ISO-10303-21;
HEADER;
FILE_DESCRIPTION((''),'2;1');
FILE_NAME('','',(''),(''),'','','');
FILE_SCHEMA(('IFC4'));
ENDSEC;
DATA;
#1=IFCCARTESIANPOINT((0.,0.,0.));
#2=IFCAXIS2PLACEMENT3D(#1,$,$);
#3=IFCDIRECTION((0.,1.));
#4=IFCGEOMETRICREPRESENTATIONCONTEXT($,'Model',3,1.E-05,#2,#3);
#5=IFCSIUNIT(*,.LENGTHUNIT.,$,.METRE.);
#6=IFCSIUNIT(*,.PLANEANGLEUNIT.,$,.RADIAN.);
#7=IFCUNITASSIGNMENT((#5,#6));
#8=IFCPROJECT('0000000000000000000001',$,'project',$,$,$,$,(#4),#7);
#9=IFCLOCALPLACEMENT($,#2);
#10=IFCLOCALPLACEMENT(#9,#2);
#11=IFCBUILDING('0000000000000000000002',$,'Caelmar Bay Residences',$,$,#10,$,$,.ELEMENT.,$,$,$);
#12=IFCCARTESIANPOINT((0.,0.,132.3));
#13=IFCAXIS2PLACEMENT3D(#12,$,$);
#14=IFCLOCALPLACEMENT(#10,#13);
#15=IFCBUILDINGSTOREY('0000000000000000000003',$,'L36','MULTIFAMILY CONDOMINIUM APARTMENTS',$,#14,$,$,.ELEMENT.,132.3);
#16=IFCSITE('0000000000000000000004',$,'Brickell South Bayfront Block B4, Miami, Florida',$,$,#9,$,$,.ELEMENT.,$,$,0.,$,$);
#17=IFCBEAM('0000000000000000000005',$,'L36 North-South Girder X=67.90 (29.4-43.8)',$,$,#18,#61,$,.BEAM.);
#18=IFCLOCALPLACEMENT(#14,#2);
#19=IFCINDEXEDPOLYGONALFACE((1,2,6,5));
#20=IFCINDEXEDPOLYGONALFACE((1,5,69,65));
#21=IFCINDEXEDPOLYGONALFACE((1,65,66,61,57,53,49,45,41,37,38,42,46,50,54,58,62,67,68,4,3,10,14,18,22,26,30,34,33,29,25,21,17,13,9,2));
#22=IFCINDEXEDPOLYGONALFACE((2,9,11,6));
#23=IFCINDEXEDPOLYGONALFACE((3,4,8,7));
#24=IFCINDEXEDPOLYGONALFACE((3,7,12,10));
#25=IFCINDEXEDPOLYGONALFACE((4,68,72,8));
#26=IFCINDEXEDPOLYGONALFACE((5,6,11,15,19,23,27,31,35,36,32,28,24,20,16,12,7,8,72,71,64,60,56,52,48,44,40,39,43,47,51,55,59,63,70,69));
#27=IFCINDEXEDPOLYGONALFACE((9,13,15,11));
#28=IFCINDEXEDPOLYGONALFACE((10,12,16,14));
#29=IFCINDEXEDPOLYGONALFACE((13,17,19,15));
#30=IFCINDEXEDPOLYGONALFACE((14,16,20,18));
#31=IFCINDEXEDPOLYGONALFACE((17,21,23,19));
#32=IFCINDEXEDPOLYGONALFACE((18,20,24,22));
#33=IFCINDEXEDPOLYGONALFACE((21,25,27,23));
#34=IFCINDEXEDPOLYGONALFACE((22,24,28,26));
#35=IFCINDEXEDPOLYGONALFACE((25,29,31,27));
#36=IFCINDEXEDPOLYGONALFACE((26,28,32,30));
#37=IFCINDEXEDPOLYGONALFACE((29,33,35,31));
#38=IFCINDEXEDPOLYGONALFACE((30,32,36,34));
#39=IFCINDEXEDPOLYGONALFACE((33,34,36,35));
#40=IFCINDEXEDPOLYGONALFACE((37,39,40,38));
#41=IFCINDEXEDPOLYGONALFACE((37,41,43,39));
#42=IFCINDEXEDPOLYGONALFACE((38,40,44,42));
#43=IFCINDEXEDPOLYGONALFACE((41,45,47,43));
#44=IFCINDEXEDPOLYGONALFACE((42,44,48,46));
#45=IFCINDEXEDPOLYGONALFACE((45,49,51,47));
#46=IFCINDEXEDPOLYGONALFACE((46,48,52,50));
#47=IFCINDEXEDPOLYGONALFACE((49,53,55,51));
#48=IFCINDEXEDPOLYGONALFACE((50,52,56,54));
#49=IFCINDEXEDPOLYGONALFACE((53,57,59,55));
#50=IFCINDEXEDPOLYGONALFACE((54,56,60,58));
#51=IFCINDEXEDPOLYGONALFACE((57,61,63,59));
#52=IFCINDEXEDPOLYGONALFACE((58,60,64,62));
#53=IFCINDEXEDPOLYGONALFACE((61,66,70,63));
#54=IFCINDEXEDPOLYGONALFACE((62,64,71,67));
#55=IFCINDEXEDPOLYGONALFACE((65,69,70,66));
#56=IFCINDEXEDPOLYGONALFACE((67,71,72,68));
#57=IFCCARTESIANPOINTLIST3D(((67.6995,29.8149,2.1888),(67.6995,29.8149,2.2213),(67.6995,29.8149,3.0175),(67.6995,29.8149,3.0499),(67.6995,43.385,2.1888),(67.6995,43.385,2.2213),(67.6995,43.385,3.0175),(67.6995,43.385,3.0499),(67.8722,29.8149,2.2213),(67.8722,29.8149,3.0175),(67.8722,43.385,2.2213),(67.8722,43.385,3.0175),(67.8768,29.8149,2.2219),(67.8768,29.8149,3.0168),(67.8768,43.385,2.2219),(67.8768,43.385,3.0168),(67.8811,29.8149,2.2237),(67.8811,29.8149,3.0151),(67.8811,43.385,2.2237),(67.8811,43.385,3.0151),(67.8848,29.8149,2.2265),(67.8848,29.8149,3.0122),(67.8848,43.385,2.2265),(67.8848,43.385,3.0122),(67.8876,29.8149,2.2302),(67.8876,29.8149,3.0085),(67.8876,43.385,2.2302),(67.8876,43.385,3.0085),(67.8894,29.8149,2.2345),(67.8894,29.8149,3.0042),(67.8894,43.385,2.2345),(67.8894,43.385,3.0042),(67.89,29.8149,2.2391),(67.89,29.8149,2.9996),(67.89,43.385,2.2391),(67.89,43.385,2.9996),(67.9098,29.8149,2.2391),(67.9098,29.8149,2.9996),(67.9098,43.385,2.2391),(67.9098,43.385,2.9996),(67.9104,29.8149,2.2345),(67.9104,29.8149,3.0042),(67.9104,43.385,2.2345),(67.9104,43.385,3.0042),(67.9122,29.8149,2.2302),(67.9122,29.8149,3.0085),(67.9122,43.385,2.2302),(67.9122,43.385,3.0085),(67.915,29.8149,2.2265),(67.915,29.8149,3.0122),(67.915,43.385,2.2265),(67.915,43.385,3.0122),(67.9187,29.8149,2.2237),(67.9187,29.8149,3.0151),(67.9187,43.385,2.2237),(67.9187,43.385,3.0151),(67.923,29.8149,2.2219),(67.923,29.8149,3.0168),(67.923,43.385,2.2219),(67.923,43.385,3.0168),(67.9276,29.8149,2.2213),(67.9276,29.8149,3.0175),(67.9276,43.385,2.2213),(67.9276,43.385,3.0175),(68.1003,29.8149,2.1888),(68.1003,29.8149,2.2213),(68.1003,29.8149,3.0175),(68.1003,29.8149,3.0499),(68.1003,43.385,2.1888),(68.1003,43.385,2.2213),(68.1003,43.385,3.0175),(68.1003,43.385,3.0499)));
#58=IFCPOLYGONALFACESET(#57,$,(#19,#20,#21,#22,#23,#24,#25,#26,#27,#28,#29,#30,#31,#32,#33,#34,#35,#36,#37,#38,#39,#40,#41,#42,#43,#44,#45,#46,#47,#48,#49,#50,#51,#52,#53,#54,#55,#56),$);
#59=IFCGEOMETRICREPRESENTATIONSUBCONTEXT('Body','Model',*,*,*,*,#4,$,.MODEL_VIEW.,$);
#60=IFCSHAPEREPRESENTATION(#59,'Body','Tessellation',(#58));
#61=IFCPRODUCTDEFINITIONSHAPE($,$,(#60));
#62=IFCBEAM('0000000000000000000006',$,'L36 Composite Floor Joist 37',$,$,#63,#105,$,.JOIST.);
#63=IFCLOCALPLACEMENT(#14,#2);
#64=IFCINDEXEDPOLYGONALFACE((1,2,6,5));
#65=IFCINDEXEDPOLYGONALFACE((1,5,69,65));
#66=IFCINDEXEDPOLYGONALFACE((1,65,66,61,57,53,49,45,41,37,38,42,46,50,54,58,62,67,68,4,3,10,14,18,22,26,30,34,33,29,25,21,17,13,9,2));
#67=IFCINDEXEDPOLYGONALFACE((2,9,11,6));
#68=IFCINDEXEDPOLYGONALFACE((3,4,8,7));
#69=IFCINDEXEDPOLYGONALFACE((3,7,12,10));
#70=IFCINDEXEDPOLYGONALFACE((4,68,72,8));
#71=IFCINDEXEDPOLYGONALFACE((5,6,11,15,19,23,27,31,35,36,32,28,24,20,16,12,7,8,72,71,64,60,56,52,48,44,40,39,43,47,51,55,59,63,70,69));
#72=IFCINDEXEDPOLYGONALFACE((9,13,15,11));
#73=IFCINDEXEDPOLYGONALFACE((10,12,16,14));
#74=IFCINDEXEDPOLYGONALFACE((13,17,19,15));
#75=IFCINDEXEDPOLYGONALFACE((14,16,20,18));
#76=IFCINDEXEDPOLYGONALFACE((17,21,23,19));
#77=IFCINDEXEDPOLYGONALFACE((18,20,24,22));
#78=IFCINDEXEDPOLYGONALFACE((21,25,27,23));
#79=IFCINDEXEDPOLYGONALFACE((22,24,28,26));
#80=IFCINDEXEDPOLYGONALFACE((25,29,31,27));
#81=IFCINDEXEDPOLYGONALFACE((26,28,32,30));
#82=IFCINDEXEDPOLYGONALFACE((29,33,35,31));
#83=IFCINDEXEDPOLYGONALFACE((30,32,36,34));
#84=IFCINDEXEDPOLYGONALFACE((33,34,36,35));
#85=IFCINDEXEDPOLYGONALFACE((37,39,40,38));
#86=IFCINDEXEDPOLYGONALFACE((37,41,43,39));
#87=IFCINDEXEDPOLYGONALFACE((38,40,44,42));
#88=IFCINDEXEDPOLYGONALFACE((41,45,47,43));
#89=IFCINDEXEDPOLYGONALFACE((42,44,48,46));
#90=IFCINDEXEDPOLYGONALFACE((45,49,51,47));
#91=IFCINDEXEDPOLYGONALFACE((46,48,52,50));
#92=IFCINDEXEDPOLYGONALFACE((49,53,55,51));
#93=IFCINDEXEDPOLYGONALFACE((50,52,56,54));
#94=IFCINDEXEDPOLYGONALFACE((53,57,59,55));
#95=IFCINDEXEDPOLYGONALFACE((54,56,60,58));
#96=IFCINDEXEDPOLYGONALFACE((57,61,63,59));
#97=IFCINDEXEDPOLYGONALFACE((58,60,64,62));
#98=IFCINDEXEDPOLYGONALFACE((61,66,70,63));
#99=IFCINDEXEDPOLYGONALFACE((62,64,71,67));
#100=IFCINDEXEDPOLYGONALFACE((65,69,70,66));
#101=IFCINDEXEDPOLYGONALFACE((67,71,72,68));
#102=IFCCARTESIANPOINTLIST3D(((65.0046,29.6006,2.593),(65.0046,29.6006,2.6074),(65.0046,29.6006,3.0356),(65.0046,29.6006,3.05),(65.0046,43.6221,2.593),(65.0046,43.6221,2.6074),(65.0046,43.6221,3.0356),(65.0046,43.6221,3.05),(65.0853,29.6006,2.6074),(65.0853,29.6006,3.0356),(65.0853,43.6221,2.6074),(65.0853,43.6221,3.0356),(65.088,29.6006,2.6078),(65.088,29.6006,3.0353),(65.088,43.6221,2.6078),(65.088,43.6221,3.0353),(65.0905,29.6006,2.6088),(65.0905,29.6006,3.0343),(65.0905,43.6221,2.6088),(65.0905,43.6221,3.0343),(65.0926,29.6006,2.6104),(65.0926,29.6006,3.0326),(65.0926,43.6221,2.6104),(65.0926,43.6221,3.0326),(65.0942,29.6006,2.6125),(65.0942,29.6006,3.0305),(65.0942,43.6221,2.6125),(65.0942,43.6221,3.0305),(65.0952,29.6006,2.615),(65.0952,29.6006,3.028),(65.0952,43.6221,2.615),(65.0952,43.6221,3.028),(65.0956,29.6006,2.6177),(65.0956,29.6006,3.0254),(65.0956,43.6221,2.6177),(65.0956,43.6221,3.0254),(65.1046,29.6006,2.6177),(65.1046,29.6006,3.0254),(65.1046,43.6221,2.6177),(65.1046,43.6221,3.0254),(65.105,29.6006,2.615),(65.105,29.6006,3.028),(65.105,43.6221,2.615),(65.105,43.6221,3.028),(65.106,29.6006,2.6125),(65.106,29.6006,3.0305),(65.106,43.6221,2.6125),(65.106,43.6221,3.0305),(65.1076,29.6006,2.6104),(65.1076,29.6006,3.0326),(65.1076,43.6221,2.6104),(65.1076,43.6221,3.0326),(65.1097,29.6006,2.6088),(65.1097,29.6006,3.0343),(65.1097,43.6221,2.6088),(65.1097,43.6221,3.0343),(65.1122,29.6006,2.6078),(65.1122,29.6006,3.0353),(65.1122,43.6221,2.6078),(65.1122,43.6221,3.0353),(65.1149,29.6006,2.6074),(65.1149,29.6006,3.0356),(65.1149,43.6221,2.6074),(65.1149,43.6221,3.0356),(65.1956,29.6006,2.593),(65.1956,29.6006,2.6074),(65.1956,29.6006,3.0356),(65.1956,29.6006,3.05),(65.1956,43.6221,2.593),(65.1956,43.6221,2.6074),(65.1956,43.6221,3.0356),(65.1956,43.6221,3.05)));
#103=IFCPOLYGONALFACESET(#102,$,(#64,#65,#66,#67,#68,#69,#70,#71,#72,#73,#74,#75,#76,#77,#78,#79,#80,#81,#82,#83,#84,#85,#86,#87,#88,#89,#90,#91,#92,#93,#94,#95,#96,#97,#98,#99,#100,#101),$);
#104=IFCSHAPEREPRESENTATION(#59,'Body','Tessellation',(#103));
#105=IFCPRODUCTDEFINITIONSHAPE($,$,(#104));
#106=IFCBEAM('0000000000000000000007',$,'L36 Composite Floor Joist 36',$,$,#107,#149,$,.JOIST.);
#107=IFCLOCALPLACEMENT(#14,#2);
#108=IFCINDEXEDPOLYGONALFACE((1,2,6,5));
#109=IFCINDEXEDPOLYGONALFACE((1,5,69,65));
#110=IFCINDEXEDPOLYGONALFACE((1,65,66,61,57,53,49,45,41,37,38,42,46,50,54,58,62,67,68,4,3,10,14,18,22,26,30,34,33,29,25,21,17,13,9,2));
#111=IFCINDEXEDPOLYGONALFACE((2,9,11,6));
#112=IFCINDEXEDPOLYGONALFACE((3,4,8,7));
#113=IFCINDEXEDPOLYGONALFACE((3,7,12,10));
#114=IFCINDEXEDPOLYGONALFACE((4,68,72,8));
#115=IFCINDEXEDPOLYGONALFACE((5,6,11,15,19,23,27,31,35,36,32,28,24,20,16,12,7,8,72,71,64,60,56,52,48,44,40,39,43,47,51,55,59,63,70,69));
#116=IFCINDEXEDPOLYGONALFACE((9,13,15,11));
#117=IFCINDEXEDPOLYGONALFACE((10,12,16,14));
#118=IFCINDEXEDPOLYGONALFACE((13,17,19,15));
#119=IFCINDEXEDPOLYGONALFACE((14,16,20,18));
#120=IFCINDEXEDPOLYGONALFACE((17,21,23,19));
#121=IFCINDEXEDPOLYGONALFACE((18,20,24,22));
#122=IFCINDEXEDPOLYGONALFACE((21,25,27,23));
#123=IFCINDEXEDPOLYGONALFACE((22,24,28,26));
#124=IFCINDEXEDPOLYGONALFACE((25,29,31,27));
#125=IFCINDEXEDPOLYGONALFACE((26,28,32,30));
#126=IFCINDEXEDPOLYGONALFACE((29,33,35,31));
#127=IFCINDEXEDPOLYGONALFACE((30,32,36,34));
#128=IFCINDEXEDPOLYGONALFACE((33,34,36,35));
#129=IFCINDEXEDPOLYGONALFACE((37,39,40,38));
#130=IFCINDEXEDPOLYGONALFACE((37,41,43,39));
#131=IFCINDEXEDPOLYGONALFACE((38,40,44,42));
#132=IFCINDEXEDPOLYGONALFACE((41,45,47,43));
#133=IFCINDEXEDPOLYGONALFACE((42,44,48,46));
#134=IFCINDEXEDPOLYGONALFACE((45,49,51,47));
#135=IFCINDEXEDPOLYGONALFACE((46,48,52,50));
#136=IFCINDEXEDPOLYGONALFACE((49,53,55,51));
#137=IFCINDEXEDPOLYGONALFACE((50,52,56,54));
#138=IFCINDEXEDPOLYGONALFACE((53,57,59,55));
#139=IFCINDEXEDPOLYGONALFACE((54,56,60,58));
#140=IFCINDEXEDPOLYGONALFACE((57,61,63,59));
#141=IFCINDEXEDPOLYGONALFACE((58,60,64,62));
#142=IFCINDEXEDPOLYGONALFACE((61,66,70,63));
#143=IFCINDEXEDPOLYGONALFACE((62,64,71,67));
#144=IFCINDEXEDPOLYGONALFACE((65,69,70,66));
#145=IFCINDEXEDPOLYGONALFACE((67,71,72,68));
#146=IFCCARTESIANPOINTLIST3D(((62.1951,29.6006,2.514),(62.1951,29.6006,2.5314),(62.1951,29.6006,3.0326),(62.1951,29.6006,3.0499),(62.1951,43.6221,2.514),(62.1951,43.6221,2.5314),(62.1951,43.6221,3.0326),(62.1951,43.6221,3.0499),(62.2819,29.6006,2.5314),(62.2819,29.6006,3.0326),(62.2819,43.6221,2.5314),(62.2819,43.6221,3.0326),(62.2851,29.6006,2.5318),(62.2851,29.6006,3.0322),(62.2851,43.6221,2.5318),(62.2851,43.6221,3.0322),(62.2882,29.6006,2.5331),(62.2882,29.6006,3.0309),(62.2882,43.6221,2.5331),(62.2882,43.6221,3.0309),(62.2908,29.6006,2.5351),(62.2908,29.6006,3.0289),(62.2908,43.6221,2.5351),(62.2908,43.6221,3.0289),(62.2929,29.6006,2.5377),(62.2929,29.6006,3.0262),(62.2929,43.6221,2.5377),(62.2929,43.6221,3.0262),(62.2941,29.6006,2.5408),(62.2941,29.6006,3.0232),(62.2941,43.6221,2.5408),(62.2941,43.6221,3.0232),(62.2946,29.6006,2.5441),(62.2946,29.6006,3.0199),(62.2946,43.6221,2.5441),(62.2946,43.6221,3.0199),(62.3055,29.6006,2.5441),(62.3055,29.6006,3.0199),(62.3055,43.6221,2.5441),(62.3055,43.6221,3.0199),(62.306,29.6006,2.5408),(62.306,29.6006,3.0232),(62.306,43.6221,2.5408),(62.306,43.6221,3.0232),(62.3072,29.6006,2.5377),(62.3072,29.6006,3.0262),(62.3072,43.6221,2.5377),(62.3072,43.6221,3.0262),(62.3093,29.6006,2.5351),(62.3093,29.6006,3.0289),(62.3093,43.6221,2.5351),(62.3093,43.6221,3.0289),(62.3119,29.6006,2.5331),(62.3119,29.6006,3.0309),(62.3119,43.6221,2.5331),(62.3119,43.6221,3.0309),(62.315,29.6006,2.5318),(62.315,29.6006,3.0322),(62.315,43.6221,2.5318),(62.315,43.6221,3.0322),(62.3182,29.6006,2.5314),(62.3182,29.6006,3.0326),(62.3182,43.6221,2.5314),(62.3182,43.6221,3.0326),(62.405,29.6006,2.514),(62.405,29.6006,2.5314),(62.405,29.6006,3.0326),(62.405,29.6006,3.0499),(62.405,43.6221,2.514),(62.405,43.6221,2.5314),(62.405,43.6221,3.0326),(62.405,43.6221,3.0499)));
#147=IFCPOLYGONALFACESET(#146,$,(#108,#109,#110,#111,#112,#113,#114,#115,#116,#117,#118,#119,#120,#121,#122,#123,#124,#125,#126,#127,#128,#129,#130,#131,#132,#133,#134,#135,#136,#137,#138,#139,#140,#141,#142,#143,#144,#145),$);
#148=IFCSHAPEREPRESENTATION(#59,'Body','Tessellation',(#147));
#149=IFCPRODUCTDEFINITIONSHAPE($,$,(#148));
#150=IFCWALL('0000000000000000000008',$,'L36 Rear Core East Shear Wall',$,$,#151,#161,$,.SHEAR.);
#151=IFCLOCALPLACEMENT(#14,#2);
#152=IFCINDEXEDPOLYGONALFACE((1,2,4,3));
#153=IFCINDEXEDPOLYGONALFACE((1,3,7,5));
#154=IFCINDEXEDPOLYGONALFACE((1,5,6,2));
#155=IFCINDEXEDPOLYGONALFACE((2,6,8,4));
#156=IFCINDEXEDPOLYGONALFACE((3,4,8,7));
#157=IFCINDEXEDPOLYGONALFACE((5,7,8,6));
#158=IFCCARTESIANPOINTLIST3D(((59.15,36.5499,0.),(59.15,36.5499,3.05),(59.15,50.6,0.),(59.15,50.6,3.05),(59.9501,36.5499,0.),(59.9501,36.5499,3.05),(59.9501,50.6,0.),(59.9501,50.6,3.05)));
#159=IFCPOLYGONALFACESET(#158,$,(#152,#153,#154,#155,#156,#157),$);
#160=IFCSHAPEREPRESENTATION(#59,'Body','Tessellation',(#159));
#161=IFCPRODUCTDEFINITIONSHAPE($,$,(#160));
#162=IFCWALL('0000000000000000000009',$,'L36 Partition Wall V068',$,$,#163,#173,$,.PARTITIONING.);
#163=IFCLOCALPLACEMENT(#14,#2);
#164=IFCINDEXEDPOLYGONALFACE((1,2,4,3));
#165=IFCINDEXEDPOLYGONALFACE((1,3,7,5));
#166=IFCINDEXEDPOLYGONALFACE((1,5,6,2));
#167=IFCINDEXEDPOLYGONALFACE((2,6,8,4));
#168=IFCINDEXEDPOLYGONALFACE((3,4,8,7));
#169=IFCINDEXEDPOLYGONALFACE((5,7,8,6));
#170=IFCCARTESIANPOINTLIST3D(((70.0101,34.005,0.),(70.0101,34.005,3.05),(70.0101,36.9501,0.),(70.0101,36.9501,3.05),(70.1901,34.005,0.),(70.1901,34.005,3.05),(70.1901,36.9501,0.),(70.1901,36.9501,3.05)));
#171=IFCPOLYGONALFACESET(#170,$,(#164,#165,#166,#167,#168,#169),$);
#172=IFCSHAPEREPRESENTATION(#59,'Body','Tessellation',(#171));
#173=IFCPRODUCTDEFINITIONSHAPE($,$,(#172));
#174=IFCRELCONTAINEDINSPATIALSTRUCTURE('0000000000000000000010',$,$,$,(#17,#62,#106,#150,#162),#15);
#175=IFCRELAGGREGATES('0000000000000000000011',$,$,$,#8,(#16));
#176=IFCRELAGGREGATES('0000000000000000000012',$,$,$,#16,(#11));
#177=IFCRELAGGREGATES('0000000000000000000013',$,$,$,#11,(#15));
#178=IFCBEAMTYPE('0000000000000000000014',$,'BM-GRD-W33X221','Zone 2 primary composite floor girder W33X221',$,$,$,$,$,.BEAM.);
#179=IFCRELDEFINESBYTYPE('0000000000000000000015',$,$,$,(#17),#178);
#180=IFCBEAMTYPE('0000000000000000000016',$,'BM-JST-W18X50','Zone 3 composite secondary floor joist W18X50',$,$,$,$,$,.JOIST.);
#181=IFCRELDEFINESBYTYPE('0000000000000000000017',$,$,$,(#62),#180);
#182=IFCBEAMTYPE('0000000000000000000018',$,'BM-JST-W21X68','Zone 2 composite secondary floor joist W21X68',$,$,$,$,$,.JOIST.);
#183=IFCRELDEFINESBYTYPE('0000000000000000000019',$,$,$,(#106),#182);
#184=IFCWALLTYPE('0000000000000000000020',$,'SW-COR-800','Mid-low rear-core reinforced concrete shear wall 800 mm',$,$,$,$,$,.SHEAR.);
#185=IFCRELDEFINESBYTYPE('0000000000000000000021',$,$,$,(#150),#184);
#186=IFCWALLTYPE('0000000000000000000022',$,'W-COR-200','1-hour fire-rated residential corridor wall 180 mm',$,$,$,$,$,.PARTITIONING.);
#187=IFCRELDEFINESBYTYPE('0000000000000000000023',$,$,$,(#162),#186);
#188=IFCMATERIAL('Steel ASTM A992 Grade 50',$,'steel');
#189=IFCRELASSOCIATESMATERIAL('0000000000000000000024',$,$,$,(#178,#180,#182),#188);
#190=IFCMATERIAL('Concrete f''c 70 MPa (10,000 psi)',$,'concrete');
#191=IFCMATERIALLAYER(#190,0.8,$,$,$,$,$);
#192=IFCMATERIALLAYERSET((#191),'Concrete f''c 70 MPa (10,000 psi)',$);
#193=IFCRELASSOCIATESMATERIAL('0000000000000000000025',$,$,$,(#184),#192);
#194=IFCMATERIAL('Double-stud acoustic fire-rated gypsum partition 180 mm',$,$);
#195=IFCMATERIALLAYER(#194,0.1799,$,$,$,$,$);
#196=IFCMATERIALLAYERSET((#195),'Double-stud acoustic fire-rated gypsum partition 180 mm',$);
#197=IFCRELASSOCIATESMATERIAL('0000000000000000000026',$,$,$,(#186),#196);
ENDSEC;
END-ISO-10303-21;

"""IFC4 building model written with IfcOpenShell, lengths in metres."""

from ifc_helpers import new_model, si_unit, direction, frame, frame_2d, origin, origin_2d, place, context, subcontext, project, spatial, rectangle, i_section, extrude, material, layer, layer_set, material_profile, profile_set, type_object, element, save


model = new_model("IFC4")

# Units and contexts
model_context = context("Model", 3, precision=1e-05, world=origin(), true_north=direction((0.0, 1.0)))
body_context = subcontext(model_context, "Body", "Model", "MODEL_VIEW")
ifc_project = project(units=[si_unit("LENGTHUNIT", "METRE"), si_unit("PLANEANGLEUNIT", "RADIAN")], contexts=[model_context])

# Site, building, storey
site_placement = place(None, origin())
site = spatial("IfcSite", under=ifc_project, at=site_placement, Name="Brickell South Bayfront Block B4, Miami, Florida", CompositionType="ELEMENT", RefElevation=0.0)
building_placement = place(site_placement, origin())
building = spatial("IfcBuilding", under=site, at=building_placement, Name="Caelmar Bay Residences", CompositionType="ELEMENT")
storey_placement = place(building_placement, frame((0.0, 0.0, 132.3)))
storey = spatial("IfcBuildingStorey", under=building, at=storey_placement, Name="L36", Description="MULTIFAMILY CONDOMINIUM APARTMENTS", CompositionType="ELEMENT", Elevation=132.3)

# Beams
ifc_material_1 = material(Name="Steel ASTM A992 Grade 50", Category="steel")
ifc_material_profile_1 = material_profile(ifc_material_1, i_section(OverallWidth=0.4009, OverallDepth=0.8611, WebThickness=0.0198, FlangeThickness=0.0325, FilletRadius=0.0178, at=origin_2d()), Name="W33X221")
ifc_profile_set_1 = profile_set([ifc_material_profile_1], Name="Steel ASTM A992 Grade 50")
beam_type_1 = type_object("IfcBeamType", Name="BM-GRD-W33X221", Description="Zone 2 primary composite floor girder W33X221", PredefinedType="BEAM", material=ifc_profile_set_1)
beam_1_placement = place(storey_placement, frame((67.8999, 29.8149, 2.6194), z_axis=(0.0, 1.0, 0.0), x_axis=(-1.0, 0.0, 0.0)))
element("IfcBeam", 1, at=beam_1_placement, inside=storey, type_object=beam_type_1, Name="L36 North-South Girder X=67.90 (29.4-43.8)", PredefinedType="BEAM", context=body_context, shape_type="SweptSolid", body=[
    extrude(i_section(OverallWidth=0.4009, OverallDepth=0.8611, WebThickness=0.0198, FlangeThickness=0.0325, FilletRadius=0.0178, at=origin_2d()), origin(), (0.0, 0.0, 1.0), 13.5701),
])
ifc_material_profile_2 = material_profile(ifc_material_1, i_section(OverallWidth=0.1909, OverallDepth=0.457, WebThickness=0.009, FlangeThickness=0.0144, FilletRadius=0.0103, at=origin_2d()), Name="W18X50")
ifc_profile_set_2 = profile_set([ifc_material_profile_2], Name="Steel ASTM A992 Grade 50")
beam_type_2 = type_object("IfcBeamType", Name="BM-JST-W18X50", Description="Zone 3 composite secondary floor joist W18X50", PredefinedType="JOIST", material=ifc_profile_set_2)
beam_2_placement = place(storey_placement, frame((65.1001, 29.6006, 2.8215), z_axis=(0.0, 1.0, 0.0), x_axis=(-1.0, 0.0, 0.0)))
element("IfcBeam", 2, at=beam_2_placement, inside=storey, type_object=beam_type_2, Name="L36 Composite Floor Joist 37", PredefinedType="JOIST", context=body_context, shape_type="SweptSolid", body=[
    extrude(i_section(OverallWidth=0.1909, OverallDepth=0.457, WebThickness=0.009, FlangeThickness=0.0144, FilletRadius=0.0103, at=origin_2d()), origin(), (0.0, 0.0, 1.0), 14.0215),
])
ifc_material_profile_3 = material_profile(ifc_material_1, i_section(OverallWidth=0.21, OverallDepth=0.5359, WebThickness=0.011, FlangeThickness=0.0173, FilletRadius=0.0127, at=origin_2d()), Name="W21X68")
ifc_profile_set_3 = profile_set([ifc_material_profile_3], Name="Steel ASTM A992 Grade 50")
beam_type_3 = type_object("IfcBeamType", Name="BM-JST-W21X68", Description="Zone 2 composite secondary floor joist W21X68", PredefinedType="JOIST", material=ifc_profile_set_3)
beam_3_placement = place(storey_placement, frame((62.3, 29.6006, 2.782), z_axis=(0.0, 1.0, 0.0), x_axis=(-1.0, 0.0, 0.0)))
element("IfcBeam", 3, at=beam_3_placement, inside=storey, type_object=beam_type_3, Name="L36 Composite Floor Joist 36", PredefinedType="JOIST", context=body_context, shape_type="SweptSolid", body=[
    extrude(i_section(OverallWidth=0.21, OverallDepth=0.5359, WebThickness=0.011, FlangeThickness=0.0173, FilletRadius=0.0127, at=origin_2d()), origin(), (0.0, 0.0, 1.0), 14.0215),
])

# Walls
ifc_material_2 = material(Name="Concrete f'c 70 MPa (10,000 psi)", Category="concrete")
ifc_layer_1 = layer(ifc_material_2, 0.8)
ifc_layer_set_1 = layer_set([ifc_layer_1], Name="Concrete f'c 70 MPa (10,000 psi)")
wall_type_1 = type_object("IfcWallType", Name="SW-COR-800", Description="Mid-low rear-core reinforced concrete shear wall 800 mm", PredefinedType="SHEAR", material=ifc_layer_set_1)
wall_1_placement = place(storey_placement, frame((59.55, 36.55, 0.0), z_axis=(0.0, 0.0, 1.0), x_axis=(0.0, 1.0, 0.0)))
element("IfcWall", 4, at=wall_1_placement, inside=storey, type_object=wall_type_1, Name="L36 Rear Core East Shear Wall", PredefinedType="SHEAR", context=body_context, shape_type="SweptSolid", body=[
    extrude(rectangle(XDim=14.05, YDim=0.8, at=frame_2d((7.0249, 0.0))), origin(), (0.0, 0.0, 1.0), 3.05),
])
ifc_material_3 = material(Name="Double-stud acoustic fire-rated gypsum partition 180 mm")
ifc_layer_2 = layer(ifc_material_3, 0.1799)
ifc_layer_set_2 = layer_set([ifc_layer_2], Name="Double-stud acoustic fire-rated gypsum partition 180 mm")
wall_type_2 = type_object("IfcWallType", Name="W-COR-200", Description="1-hour fire-rated residential corridor wall 180 mm", PredefinedType="PARTITIONING", material=ifc_layer_set_2)
wall_2_placement = place(storey_placement, frame((70.1001, 34.0049, 0.0), z_axis=(0.0, 0.0, 1.0), x_axis=(0.0, 1.0, 0.0)))
element("IfcWall", 5, at=wall_2_placement, inside=storey, type_object=wall_type_2, Name="L36 Partition Wall V068", PredefinedType="PARTITIONING", context=body_context, shape_type="SweptSolid", body=[
    extrude(rectangle(XDim=2.9451, YDim=0.1799, at=frame_2d((1.4727, 0.0))), origin(), (0.0, 0.0, 1.0), 3.05),
])

save(model, "model.ifc")
